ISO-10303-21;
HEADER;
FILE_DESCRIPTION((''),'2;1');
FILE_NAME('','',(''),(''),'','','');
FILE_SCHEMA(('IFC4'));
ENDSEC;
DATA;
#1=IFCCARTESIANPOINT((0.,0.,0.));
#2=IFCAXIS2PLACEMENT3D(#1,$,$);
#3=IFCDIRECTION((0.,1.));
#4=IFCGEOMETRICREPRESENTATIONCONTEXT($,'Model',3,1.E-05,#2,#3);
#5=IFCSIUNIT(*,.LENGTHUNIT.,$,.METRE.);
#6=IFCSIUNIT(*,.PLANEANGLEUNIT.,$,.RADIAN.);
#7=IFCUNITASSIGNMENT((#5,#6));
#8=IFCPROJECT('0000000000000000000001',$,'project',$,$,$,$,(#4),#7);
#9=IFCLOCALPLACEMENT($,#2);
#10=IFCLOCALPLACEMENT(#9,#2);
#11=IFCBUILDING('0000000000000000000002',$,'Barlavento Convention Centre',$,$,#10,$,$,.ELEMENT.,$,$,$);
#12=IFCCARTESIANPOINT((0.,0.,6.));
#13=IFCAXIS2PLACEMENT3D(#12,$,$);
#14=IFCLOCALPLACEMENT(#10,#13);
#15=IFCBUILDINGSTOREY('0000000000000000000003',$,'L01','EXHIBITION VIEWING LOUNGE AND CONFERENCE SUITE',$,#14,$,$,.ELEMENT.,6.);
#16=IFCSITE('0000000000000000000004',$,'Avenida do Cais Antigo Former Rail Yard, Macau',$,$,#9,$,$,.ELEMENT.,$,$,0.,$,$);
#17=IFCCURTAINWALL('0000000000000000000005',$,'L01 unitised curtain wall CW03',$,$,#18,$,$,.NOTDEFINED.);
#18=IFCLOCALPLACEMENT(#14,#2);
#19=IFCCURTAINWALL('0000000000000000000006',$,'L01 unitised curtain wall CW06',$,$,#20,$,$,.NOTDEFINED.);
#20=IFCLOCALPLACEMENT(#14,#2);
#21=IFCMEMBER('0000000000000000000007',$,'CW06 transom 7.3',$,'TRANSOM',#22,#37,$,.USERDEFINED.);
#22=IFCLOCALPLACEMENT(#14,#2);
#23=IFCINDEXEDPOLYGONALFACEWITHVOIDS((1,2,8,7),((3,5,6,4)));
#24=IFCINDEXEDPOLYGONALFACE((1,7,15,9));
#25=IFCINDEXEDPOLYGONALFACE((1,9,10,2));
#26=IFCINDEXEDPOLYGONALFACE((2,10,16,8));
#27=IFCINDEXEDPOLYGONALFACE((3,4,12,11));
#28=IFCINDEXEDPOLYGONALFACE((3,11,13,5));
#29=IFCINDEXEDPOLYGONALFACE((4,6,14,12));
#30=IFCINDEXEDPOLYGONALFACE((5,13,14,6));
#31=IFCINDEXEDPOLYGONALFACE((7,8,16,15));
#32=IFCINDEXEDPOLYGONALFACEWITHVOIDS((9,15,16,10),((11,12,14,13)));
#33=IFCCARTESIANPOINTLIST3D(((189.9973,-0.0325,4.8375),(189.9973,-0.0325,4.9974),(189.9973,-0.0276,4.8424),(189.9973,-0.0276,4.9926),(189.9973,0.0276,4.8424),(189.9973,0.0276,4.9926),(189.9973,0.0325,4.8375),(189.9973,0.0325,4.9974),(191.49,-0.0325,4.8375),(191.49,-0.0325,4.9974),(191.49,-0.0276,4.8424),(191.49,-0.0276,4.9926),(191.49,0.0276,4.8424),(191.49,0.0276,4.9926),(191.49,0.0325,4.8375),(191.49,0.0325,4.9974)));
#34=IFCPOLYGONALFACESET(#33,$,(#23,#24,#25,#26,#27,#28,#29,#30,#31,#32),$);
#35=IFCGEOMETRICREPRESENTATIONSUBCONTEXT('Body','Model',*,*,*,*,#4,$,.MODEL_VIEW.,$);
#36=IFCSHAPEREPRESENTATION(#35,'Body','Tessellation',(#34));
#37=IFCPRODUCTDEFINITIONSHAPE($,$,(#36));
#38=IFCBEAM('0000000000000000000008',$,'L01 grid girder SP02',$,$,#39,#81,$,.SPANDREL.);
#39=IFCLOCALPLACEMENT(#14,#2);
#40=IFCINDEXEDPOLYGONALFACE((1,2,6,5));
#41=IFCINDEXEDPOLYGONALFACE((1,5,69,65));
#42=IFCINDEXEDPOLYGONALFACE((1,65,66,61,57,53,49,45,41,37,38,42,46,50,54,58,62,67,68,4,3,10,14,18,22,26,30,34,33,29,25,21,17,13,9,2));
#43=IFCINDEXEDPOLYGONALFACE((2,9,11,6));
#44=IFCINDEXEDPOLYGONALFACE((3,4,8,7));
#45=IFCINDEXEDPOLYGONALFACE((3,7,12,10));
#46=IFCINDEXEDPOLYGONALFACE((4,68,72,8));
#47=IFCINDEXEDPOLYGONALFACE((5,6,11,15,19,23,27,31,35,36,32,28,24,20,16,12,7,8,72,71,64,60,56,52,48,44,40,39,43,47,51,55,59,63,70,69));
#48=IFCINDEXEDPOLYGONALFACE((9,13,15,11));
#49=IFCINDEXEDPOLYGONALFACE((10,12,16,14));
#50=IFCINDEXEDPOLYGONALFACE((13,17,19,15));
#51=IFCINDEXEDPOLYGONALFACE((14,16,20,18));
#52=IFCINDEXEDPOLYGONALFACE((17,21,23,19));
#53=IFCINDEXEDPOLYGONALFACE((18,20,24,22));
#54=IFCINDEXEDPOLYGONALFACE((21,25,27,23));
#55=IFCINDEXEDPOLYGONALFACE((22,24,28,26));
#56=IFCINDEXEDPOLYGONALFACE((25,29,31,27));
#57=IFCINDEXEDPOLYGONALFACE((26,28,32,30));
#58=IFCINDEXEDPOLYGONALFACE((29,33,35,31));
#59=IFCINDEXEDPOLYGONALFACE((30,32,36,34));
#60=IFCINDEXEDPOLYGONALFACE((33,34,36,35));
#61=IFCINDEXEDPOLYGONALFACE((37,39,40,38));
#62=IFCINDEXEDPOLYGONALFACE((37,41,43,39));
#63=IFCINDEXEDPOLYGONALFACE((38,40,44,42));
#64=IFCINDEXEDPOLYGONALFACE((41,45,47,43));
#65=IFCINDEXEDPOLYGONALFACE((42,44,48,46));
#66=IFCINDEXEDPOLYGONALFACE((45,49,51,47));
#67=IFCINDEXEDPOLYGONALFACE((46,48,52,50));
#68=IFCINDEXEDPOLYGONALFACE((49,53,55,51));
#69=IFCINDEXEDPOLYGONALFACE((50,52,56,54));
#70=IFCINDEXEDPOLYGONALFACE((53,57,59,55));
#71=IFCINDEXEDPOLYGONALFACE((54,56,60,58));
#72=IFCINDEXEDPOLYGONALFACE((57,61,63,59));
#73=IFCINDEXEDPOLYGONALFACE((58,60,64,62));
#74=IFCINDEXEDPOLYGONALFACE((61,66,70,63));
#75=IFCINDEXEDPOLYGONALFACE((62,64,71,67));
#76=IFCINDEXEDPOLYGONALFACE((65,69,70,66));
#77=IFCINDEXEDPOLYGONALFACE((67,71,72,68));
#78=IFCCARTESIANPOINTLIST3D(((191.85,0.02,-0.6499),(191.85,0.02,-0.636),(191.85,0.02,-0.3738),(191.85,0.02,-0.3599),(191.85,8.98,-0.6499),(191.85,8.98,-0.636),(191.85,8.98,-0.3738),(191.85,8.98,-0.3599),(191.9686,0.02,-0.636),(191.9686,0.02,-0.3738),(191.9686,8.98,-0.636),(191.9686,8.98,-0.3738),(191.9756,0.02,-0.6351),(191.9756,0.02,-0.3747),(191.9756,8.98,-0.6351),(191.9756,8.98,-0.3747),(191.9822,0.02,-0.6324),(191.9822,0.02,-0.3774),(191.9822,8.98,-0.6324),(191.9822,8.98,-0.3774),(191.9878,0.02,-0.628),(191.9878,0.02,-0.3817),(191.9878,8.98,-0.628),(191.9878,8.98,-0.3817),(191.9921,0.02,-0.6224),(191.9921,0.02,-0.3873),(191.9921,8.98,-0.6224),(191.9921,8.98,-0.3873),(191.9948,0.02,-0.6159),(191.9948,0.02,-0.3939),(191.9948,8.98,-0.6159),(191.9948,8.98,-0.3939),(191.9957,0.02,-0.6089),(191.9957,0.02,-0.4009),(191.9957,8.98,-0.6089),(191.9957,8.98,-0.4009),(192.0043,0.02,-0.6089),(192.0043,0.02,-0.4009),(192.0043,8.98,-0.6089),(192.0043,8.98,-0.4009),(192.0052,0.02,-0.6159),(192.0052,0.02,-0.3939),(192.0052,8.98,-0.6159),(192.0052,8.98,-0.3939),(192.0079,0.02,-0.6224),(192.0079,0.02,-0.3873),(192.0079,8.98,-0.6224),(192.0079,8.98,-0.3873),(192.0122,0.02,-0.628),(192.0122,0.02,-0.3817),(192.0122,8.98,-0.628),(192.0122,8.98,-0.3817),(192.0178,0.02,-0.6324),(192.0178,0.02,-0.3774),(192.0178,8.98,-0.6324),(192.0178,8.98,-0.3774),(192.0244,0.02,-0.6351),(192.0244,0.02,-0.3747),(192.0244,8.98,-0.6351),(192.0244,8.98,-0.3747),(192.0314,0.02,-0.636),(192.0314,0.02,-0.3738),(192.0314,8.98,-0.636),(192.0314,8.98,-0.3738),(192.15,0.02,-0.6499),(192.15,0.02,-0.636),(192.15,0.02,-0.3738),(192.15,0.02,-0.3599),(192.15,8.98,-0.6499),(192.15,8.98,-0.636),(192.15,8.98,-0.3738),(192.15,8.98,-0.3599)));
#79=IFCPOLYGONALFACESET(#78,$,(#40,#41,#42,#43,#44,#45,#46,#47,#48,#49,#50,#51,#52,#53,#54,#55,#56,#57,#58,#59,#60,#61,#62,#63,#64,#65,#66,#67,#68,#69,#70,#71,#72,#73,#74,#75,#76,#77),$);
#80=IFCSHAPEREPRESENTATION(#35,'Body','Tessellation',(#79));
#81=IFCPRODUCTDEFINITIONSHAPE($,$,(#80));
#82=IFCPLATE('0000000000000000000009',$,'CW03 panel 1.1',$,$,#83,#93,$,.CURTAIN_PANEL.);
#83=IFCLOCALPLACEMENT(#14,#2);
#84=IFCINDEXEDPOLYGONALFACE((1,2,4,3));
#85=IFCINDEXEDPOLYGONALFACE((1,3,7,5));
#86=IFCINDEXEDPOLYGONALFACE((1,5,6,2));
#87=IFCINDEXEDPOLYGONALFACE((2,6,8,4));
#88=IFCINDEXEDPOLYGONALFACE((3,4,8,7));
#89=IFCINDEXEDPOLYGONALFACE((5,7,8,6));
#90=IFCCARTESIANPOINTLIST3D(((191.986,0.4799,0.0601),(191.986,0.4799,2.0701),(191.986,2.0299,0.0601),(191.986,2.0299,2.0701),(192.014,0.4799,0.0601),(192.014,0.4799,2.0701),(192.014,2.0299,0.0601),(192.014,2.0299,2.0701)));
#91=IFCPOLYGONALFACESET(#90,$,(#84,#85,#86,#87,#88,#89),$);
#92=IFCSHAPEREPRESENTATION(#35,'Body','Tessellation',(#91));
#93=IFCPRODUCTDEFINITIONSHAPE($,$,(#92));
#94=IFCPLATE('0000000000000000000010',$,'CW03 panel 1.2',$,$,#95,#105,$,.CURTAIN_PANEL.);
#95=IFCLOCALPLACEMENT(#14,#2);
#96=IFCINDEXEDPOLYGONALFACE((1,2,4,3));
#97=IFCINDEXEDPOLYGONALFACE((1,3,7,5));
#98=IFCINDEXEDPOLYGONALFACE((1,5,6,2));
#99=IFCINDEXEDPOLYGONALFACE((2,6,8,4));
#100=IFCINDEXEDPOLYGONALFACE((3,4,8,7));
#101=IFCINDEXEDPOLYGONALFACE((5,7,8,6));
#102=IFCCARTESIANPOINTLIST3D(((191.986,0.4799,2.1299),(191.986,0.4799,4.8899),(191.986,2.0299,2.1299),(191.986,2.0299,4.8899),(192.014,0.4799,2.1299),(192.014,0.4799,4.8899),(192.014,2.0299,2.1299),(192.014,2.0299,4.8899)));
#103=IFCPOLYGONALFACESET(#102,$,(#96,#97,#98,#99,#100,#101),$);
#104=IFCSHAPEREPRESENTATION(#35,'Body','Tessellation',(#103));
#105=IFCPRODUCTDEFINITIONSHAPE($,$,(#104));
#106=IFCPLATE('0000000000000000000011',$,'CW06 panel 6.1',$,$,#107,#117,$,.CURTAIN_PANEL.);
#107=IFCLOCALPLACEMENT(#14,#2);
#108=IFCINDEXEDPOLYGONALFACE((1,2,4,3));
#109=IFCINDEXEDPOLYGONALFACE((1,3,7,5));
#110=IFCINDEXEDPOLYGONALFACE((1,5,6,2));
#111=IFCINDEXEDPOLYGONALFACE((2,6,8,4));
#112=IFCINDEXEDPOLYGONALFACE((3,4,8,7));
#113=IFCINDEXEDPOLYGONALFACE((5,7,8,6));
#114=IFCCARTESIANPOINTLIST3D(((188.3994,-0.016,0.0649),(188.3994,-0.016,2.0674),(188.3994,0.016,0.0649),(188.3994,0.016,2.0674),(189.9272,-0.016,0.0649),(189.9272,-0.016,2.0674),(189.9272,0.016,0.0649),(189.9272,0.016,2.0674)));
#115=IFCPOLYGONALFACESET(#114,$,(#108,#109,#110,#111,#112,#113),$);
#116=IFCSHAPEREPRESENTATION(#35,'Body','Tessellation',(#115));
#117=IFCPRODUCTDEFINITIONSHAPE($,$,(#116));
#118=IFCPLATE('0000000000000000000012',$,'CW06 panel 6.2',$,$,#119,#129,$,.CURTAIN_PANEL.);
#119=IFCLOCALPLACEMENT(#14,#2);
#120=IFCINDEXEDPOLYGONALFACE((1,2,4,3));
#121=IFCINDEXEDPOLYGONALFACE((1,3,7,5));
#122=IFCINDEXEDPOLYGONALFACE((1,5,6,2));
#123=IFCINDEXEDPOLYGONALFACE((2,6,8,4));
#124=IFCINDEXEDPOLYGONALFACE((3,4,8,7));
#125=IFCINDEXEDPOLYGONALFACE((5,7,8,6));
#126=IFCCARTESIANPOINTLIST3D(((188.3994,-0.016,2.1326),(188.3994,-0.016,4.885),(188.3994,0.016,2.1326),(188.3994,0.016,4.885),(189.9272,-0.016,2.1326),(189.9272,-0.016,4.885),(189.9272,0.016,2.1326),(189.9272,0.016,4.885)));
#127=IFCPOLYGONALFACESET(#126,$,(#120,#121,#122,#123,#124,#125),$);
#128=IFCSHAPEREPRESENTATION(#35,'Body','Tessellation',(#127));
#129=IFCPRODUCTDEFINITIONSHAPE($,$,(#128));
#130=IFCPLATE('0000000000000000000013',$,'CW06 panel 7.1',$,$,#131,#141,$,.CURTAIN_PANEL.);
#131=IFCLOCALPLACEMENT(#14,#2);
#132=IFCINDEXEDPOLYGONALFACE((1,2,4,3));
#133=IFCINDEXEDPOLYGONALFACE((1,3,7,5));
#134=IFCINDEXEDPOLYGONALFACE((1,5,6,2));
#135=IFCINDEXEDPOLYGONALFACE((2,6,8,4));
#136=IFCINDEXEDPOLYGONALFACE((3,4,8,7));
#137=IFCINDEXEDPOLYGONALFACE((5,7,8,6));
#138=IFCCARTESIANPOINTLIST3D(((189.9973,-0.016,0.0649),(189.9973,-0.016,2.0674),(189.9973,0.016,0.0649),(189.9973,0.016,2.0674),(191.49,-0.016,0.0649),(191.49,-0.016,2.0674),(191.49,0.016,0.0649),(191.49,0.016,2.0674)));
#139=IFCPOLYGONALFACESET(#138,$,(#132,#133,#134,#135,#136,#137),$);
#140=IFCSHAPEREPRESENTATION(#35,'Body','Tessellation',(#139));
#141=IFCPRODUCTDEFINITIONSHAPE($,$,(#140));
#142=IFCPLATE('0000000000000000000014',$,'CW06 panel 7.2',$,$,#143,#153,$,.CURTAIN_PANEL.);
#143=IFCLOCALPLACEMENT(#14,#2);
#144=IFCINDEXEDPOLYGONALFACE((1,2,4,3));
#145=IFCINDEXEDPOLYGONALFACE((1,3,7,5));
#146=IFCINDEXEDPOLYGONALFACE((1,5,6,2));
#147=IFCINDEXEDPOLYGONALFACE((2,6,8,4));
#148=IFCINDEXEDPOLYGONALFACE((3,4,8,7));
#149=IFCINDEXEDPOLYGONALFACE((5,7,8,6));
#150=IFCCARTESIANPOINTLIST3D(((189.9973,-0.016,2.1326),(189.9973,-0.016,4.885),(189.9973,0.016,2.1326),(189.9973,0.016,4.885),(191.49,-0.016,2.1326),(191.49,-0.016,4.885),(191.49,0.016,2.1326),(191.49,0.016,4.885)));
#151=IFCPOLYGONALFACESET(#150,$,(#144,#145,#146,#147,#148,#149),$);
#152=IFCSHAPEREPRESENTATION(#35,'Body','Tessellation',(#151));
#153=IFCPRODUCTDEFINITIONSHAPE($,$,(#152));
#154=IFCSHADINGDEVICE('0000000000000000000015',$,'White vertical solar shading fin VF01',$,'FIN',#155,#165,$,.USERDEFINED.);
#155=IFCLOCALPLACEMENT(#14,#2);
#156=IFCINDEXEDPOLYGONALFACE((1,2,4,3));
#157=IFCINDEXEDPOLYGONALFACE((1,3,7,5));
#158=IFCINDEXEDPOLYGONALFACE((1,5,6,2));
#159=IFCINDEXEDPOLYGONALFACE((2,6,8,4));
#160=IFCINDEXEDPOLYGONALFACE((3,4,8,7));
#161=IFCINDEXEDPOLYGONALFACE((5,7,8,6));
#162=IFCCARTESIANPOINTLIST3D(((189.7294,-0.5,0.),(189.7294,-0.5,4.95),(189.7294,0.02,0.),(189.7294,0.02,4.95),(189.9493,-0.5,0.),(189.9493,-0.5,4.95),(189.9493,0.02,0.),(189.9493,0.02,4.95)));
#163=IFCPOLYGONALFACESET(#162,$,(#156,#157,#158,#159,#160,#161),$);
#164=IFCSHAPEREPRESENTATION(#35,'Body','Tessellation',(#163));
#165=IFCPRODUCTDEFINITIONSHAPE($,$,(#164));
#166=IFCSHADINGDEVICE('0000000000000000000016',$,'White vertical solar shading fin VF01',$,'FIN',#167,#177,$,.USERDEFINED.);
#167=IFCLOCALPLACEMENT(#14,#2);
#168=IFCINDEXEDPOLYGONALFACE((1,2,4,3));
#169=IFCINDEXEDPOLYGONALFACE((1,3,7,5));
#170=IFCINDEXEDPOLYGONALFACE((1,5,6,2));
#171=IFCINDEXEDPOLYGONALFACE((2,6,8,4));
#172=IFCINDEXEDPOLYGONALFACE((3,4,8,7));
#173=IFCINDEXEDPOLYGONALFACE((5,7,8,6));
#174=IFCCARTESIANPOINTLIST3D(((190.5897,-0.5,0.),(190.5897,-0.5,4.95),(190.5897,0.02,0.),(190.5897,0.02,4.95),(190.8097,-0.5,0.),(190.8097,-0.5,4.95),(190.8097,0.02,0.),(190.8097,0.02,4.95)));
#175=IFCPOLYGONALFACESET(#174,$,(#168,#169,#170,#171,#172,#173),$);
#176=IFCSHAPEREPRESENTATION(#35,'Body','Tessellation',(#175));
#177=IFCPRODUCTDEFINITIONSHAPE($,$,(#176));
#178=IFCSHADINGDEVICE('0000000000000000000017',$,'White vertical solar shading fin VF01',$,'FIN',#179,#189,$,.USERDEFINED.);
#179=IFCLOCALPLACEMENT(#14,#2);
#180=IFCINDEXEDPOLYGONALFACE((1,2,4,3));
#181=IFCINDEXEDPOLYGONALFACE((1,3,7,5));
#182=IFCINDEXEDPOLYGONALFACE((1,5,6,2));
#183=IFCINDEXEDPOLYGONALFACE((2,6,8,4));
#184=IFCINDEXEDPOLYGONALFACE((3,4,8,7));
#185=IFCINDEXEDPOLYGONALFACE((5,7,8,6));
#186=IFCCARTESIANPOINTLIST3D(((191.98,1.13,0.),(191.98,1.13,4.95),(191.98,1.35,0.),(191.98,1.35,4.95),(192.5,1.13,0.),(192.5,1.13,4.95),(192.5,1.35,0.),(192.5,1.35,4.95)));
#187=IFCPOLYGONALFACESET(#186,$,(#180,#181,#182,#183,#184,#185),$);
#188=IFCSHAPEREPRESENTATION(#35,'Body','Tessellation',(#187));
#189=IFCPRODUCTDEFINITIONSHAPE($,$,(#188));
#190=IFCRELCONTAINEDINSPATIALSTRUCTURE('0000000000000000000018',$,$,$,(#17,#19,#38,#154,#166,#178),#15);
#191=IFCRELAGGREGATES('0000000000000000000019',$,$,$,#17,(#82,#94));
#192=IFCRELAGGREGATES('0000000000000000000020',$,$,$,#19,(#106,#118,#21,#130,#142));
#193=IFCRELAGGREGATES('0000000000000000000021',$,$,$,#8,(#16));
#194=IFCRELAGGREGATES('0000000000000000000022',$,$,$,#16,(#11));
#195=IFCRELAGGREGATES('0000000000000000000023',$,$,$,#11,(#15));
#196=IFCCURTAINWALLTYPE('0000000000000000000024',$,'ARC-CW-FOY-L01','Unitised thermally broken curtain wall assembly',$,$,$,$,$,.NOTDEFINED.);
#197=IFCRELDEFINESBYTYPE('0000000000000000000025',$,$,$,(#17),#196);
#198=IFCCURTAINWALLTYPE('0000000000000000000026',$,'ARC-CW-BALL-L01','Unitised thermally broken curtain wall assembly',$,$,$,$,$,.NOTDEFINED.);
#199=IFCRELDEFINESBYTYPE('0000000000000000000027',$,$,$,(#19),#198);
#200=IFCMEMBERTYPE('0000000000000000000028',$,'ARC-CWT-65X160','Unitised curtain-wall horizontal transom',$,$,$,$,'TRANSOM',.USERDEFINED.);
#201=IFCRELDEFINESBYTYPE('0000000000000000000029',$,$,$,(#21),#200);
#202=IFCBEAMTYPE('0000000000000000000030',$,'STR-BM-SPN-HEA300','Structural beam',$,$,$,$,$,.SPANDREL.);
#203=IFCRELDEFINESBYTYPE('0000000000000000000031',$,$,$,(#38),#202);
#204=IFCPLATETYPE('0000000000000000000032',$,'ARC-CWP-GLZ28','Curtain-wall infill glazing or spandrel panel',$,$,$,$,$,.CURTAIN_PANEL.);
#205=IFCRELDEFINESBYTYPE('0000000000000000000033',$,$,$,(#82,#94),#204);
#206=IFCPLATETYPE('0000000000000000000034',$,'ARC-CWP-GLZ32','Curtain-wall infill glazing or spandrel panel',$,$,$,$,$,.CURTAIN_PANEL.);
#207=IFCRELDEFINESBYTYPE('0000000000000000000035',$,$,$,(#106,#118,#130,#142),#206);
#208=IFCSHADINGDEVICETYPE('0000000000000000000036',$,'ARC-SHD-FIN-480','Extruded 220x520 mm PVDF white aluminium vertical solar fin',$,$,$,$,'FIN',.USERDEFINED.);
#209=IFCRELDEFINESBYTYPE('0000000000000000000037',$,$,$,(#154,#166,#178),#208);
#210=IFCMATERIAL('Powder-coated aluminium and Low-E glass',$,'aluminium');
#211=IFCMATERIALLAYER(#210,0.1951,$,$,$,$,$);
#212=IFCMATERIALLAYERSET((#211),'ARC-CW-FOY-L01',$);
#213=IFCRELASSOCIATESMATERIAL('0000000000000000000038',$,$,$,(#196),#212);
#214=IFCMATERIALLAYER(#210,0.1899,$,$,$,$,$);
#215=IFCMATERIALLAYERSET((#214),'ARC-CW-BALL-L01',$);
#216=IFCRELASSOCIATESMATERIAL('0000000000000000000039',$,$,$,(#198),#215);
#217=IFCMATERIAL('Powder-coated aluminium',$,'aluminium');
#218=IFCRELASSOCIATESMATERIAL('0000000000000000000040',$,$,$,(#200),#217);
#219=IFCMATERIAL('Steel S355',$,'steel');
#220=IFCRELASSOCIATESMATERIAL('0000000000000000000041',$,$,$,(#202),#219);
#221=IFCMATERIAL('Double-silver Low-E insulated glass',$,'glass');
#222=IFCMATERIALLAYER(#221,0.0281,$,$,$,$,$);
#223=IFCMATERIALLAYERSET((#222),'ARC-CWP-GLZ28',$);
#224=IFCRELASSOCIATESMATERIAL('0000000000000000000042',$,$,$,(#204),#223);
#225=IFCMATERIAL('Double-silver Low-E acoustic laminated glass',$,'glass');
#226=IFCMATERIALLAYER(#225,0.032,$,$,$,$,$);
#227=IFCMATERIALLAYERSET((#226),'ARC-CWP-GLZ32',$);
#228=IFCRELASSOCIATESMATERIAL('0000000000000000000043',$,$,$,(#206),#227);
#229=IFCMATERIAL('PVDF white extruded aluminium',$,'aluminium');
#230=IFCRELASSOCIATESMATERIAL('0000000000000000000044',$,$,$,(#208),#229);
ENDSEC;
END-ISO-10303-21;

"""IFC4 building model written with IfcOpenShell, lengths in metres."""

from ifc_helpers import new_model, si_unit, direction, frame, origin, origin_2d, place, context, subcontext, project, spatial, rectangle, hollow_rectangle, i_section, extrude, material, layer, layer_set, material_profile, profile_set, type_object, element, aggregate, save


model = new_model("IFC4")

# Units and contexts
model_context = context("Model", 3, precision=1e-05, world=origin(), true_north=direction((0.0, 1.0)))
body_context = subcontext(model_context, "Body", "Model", "MODEL_VIEW")
ifc_project = project(units=[si_unit("LENGTHUNIT", "METRE"), si_unit("PLANEANGLEUNIT", "RADIAN")], contexts=[model_context])

# Site, building, storey
site_placement = place(None, origin())
site = spatial("IfcSite", under=ifc_project, at=site_placement, Name="Avenida do Cais Antigo Former Rail Yard, Macau", CompositionType="ELEMENT", RefElevation=0.0)
building_placement = place(site_placement, origin())
building = spatial("IfcBuilding", under=site, at=building_placement, Name="Barlavento Convention Centre", CompositionType="ELEMENT")
storey_placement = place(building_placement, frame((0.0, 0.0, 6.0)))
storey = spatial("IfcBuildingStorey", under=building, at=storey_placement, Name="L01", Description="EXHIBITION VIEWING LOUNGE AND CONFERENCE SUITE", CompositionType="ELEMENT", Elevation=6.0)

# Curtain walls
ifc_material_1 = material(Name="Powder-coated aluminium and Low-E glass", Category="aluminium")
ifc_layer_1 = layer(ifc_material_1, 0.1951)
ifc_layer_set_1 = layer_set([ifc_layer_1], Name="ARC-CW-FOY-L01")
curtain_wall_type_1 = type_object("IfcCurtainWallType", Name="ARC-CW-FOY-L01", Description="Unitised thermally broken curtain wall assembly", PredefinedType="NOTDEFINED", material=ifc_layer_set_1)
curtain_wall_1_placement = place(storey_placement, origin())
curtain_wall_1 = element("IfcCurtainWall", 1, at=curtain_wall_1_placement, inside=storey, type_object=curtain_wall_type_1, Name="L01 unitised curtain wall CW03", PredefinedType="NOTDEFINED")
ifc_material_2 = material(Name="Powder-coated aluminium", Category="aluminium")
ifc_layer_2 = layer(ifc_material_1, 0.1899)
ifc_layer_set_2 = layer_set([ifc_layer_2], Name="ARC-CW-BALL-L01")
curtain_wall_type_2 = type_object("IfcCurtainWallType", Name="ARC-CW-BALL-L01", Description="Unitised thermally broken curtain wall assembly", PredefinedType="NOTDEFINED", material=ifc_layer_set_2)
curtain_wall_2_placement = place(storey_placement, origin())
curtain_wall_2 = element("IfcCurtainWall", 2, at=curtain_wall_2_placement, inside=storey, type_object=curtain_wall_type_2, Name="L01 unitised curtain wall CW06", PredefinedType="NOTDEFINED")

# Member
ifc_material_profile_1 = material_profile(ifc_material_2, hollow_rectangle(XDim=0.0649, YDim=0.1599, WallThickness=0.0049, at=origin_2d()), Name="AL-TRAN 65x160x5")
ifc_profile_set_1 = profile_set([ifc_material_profile_1], Name="Powder-coated aluminium")
member_type_1 = type_object("IfcMemberType", Name="ARC-CWT-65X160", Description="Unitised curtain-wall horizontal transom", ElementType="TRANSOM", PredefinedType="USERDEFINED", material=ifc_profile_set_1)
member_1_placement = place(storey_placement, frame((189.9973, 0.0, 4.9175), z_axis=(1.0, 0.0, 0.0), x_axis=(0.0, 1.0, 0.0)))
member_1 = element("IfcMember", 3, at=member_1_placement, type_object=member_type_1, Name="CW06 transom 7.3", ObjectType="TRANSOM", PredefinedType="USERDEFINED", context=body_context, shape_type="SweptSolid", body=[
    extrude(hollow_rectangle(XDim=0.0649, YDim=0.1599, WallThickness=0.0049, at=origin_2d()), origin(), (0.0, 0.0, 1.0), 1.4927),
])

# Beam
ifc_material_3 = material(Name="Steel S355", Category="steel")
ifc_material_profile_2 = material_profile(ifc_material_3, i_section(OverallWidth=0.3, OverallDepth=0.29, WebThickness=0.0085, FlangeThickness=0.0139, FilletRadius=0.0271, at=origin_2d()), Name="HEA 300")
ifc_profile_set_2 = profile_set([ifc_material_profile_2], Name="Steel S355")
beam_type = type_object("IfcBeamType", Name="STR-BM-SPN-HEA300", Description="Structural beam", PredefinedType="SPANDREL", material=ifc_profile_set_2)
beam_placement = place(storey_placement, frame((192.0, 0.02, -0.5049), z_axis=(0.0, 1.0, 0.0), x_axis=(-1.0, 0.0, 0.0)))
element("IfcBeam", 4, at=beam_placement, inside=storey, type_object=beam_type, Name="L01 grid girder SP02", PredefinedType="SPANDREL", context=body_context, shape_type="SweptSolid", body=[
    extrude(i_section(OverallWidth=0.3, OverallDepth=0.29, WebThickness=0.0085, FlangeThickness=0.0139, FilletRadius=0.0271, at=origin_2d()), origin(), (0.0, 0.0, 1.0), 8.96),
])

# Plates
ifc_material_4 = material(Name="Double-silver Low-E insulated glass", Category="glass")
ifc_layer_3 = layer(ifc_material_4, 0.0281)
ifc_layer_set_3 = layer_set([ifc_layer_3], Name="ARC-CWP-GLZ28")
plate_type_1 = type_object("IfcPlateType", Name="ARC-CWP-GLZ28", Description="Curtain-wall infill glazing or spandrel panel", PredefinedType="CURTAIN_PANEL", material=ifc_layer_set_3)
plate_1_placement = place(storey_placement, frame((192.0, 1.2549, 0.0601), z_axis=(0.0, 0.0, 1.0), x_axis=(0.0, 1.0, 0.0)))
plate_1 = element("IfcPlate", 5, at=plate_1_placement, type_object=plate_type_1, Name="CW03 panel 1.1", PredefinedType="CURTAIN_PANEL", context=body_context, shape_type="SweptSolid", body=[
    extrude(rectangle(XDim=1.55, YDim=0.0281, at=origin_2d()), origin(), (0.0, 0.0, 1.0), 2.01),
])
plate_2_placement = place(storey_placement, frame((192.0, 1.2549, 2.1299), z_axis=(0.0, 0.0, 1.0), x_axis=(0.0, 1.0, 0.0)))
plate_2 = element("IfcPlate", 6, at=plate_2_placement, type_object=plate_type_1, Name="CW03 panel 1.2", PredefinedType="CURTAIN_PANEL", context=body_context, shape_type="SweptSolid", body=[
    extrude(rectangle(XDim=1.55, YDim=0.0281, at=origin_2d()), origin(), (0.0, 0.0, 1.0), 2.76),
])
aggregate(curtain_wall_1, [plate_1, plate_2])
ifc_material_5 = material(Name="Double-silver Low-E acoustic laminated glass", Category="glass")
ifc_layer_4 = layer(ifc_material_5, 0.032)
ifc_layer_set_4 = layer_set([ifc_layer_4], Name="ARC-CWP-GLZ32")
plate_type_2 = type_object("IfcPlateType", Name="ARC-CWP-GLZ32", Description="Curtain-wall infill glazing or spandrel panel", PredefinedType="CURTAIN_PANEL", material=ifc_layer_set_4)
plate_3_placement = place(storey_placement, frame((189.1633, 0.0, 0.0649), z_axis=(0.0, 0.0, 1.0), x_axis=(1.0, 0.0, 0.0)))
plate_3 = element("IfcPlate", 7, at=plate_3_placement, type_object=plate_type_2, Name="CW06 panel 6.1", PredefinedType="CURTAIN_PANEL", context=body_context, shape_type="SweptSolid", body=[
    extrude(rectangle(XDim=1.5278, YDim=0.032, at=origin_2d()), origin(), (0.0, 0.0, 1.0), 2.0024),
])
plate_4_placement = place(storey_placement, frame((189.1633, 0.0, 2.1326), z_axis=(0.0, 0.0, 1.0), x_axis=(1.0, 0.0, 0.0)))
plate_4 = element("IfcPlate", 8, at=plate_4_placement, type_object=plate_type_2, Name="CW06 panel 6.2", PredefinedType="CURTAIN_PANEL", context=body_context, shape_type="SweptSolid", body=[
    extrude(rectangle(XDim=1.5278, YDim=0.032, at=origin_2d()), origin(), (0.0, 0.0, 1.0), 2.7524),
])
plate_5_placement = place(storey_placement, frame((190.7437, 0.0, 0.0649), z_axis=(0.0, 0.0, 1.0), x_axis=(1.0, 0.0, 0.0)))
plate_5 = element("IfcPlate", 9, at=plate_5_placement, type_object=plate_type_2, Name="CW06 panel 7.1", PredefinedType="CURTAIN_PANEL", context=body_context, shape_type="SweptSolid", body=[
    extrude(rectangle(XDim=1.4927, YDim=0.032, at=origin_2d()), origin(), (0.0, 0.0, 1.0), 2.0024),
])
plate_6_placement = place(storey_placement, frame((190.7437, 0.0, 2.1326), z_axis=(0.0, 0.0, 1.0), x_axis=(1.0, 0.0, 0.0)))
plate_6 = element("IfcPlate", 10, at=plate_6_placement, type_object=plate_type_2, Name="CW06 panel 7.2", PredefinedType="CURTAIN_PANEL", context=body_context, shape_type="SweptSolid", body=[
    extrude(rectangle(XDim=1.4927, YDim=0.032, at=origin_2d()), origin(), (0.0, 0.0, 1.0), 2.7524),
])
aggregate(curtain_wall_2, [plate_3, plate_4, member_1, plate_5, plate_6])

# Shading devices
ifc_material_6 = material(Name="PVDF white extruded aluminium", Category="aluminium")
shading_device_type = type_object("IfcShadingDeviceType", Name="ARC-SHD-FIN-480", Description="Extruded 220x520 mm PVDF white aluminium vertical solar fin", ElementType="FIN", PredefinedType="USERDEFINED", material=ifc_material_6)
for number, where, z_axis, x_axis, name in (
    (11, (189.8394, -0.24, 0.0), (0.0, 0.0, 1.0), (1.0, 0.0, 0.0), "White vertical solar shading fin VF01"),
    (12, (190.6997, -0.24, 0.0), (0.0, 0.0, 1.0), (1.0, 0.0, 0.0), "White vertical solar shading fin VF01"),
    (13, (192.24, 1.24, 0.0), (0.0, 0.0, 1.0), (0.0, 1.0, 0.0), "White vertical solar shading fin VF01"),
):
    element("IfcShadingDevice", number, at=place(storey_placement, frame(where, z_axis=z_axis, x_axis=x_axis)), inside=storey, type_object=shading_device_type, Name=name, ObjectType="FIN", PredefinedType="USERDEFINED", context=body_context, shape_type="SweptSolid", body=[
        extrude(rectangle(XDim=0.22, YDim=0.52, at=origin_2d()), origin(), (0.0, 0.0, 1.0), 4.95),
    ])

save(model, "model.ifc")
